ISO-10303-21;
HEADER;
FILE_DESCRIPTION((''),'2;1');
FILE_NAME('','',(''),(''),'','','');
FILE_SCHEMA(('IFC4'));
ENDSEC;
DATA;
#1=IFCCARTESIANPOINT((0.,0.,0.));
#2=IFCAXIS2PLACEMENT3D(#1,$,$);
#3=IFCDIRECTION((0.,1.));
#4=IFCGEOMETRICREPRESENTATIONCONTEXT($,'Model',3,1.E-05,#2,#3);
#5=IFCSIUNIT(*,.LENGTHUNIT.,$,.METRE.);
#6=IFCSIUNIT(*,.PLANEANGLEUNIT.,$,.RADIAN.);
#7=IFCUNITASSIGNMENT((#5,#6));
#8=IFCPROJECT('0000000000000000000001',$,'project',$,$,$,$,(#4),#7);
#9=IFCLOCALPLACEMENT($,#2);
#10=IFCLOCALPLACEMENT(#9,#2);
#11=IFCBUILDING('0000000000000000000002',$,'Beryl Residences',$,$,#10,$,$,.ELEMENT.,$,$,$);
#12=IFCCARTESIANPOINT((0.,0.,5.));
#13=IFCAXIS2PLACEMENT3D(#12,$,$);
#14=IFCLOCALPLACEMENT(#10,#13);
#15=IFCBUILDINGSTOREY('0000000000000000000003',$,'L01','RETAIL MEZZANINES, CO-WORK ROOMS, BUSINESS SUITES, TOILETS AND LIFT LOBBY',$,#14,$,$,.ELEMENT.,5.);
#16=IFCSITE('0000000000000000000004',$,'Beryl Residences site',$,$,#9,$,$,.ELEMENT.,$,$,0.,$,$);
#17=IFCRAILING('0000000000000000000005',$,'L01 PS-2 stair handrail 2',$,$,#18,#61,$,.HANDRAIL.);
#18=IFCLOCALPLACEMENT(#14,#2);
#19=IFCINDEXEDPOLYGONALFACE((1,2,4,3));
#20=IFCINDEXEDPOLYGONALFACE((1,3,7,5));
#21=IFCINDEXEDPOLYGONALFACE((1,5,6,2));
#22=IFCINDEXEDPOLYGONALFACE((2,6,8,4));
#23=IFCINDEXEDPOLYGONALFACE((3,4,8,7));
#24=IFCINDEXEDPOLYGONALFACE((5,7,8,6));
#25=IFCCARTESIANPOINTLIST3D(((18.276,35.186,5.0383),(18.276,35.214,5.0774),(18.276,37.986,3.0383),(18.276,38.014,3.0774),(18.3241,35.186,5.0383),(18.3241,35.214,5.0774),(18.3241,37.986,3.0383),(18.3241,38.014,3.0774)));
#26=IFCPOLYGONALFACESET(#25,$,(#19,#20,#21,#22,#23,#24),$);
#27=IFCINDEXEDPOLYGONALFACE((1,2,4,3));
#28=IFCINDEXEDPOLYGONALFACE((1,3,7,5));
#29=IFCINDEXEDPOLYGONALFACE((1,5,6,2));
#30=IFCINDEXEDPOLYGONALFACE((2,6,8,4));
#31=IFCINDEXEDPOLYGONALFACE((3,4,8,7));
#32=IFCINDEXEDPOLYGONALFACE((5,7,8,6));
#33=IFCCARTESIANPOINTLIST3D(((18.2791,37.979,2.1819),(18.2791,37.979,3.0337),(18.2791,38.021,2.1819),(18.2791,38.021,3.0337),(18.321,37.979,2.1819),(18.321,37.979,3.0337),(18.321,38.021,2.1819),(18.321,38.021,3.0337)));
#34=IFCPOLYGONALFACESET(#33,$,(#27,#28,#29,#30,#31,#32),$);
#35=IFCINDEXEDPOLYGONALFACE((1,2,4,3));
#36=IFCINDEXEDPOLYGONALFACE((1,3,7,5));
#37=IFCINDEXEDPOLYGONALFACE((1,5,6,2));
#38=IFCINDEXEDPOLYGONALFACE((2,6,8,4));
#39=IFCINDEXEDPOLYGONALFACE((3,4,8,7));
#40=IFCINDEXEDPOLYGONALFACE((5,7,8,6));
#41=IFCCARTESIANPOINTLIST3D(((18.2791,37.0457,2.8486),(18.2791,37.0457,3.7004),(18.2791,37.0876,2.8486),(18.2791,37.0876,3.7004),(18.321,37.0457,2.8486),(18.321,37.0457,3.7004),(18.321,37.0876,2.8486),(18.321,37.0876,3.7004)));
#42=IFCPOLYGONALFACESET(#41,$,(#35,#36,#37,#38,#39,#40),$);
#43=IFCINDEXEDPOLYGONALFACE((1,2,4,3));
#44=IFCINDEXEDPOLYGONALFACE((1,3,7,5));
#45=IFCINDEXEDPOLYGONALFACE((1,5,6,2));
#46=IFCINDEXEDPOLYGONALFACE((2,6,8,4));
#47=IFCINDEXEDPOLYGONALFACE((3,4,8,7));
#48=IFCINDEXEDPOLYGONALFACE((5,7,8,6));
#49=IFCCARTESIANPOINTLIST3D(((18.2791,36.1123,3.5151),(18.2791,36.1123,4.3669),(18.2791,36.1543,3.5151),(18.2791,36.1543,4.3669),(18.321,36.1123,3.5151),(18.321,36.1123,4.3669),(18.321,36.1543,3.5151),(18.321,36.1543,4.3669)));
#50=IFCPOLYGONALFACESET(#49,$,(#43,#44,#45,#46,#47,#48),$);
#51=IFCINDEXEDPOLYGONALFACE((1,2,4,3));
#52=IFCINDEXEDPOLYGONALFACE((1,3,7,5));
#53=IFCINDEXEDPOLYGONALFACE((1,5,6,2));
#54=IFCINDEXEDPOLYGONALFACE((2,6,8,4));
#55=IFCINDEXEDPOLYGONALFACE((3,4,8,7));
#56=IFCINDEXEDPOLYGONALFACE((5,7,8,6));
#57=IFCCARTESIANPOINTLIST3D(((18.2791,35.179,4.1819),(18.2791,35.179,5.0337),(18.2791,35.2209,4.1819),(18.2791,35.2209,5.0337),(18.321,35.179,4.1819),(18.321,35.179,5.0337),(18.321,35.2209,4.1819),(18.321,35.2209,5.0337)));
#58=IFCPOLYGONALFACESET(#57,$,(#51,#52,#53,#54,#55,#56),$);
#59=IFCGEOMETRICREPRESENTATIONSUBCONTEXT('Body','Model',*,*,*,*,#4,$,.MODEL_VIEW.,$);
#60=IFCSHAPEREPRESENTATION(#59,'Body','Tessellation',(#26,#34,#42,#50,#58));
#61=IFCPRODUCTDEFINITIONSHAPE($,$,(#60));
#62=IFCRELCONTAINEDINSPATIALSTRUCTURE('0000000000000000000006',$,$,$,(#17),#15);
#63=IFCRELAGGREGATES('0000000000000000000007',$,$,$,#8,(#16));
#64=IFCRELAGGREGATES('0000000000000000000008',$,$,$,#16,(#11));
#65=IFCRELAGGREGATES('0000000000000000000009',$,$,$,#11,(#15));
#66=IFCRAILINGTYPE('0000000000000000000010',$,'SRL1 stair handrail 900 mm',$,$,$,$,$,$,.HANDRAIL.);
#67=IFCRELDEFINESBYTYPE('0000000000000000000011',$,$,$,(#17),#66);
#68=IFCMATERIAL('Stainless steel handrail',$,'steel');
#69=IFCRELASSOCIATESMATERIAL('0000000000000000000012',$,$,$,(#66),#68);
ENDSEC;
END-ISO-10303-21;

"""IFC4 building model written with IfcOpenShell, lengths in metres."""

from ifc_helpers import new_model, si_unit, direction, frame, origin, origin_2d, place, context, subcontext, project, spatial, rectangle, extrude, material, type_object, element, save


model = new_model("IFC4")

# Units and contexts
model_context = context("Model", 3, precision=1e-05, world=origin(), true_north=direction((0.0, 1.0)))
body_context = subcontext(model_context, "Body", "Model", "MODEL_VIEW")
ifc_project = project(units=[si_unit("LENGTHUNIT", "METRE"), si_unit("PLANEANGLEUNIT", "RADIAN")], contexts=[model_context])

# Site, building, storey
site_placement = place(None, origin())
site = spatial("IfcSite", under=ifc_project, at=site_placement, Name="Beryl Residences site", CompositionType="ELEMENT", RefElevation=0.0)
building_placement = place(site_placement, origin())
building = spatial("IfcBuilding", under=site, at=building_placement, Name="Beryl Residences", CompositionType="ELEMENT")
storey_placement = place(building_placement, frame((0.0, 0.0, 5.0)))
storey = spatial("IfcBuildingStorey", under=building, at=storey_placement, Name="L01", Description="RETAIL MEZZANINES, CO-WORK ROOMS, BUSINESS SUITES, TOILETS AND LIFT LOBBY", CompositionType="ELEMENT", Elevation=5.0)

# Railing
ifc_material_1 = material(Name="Stainless steel handrail", Category="steel")
railing_type_1 = type_object("IfcRailingType", Name="SRL1 stair handrail 900 mm", PredefinedType="HANDRAIL", material=ifc_material_1)
railing_1_placement = place(storey_placement, frame((18.3, 38.0, 2.1819)))
element("IfcRailing", 1, at=railing_1_placement, inside=storey, type_object=railing_type_1, Name="L01 PS-2 stair handrail 2", PredefinedType="HANDRAIL", context=body_context, shape_type="SweptSolid", body=[
    extrude(rectangle(XDim=0.0481, YDim=0.0481, at=origin_2d()), frame((0.0, 0.0, 0.876), z_axis=(0.0, -0.813738, 0.581231), x_axis=(1.0, 0.0, 0.0)), (0.0, 0.0, 1.0), 3.4409),
    extrude(rectangle(XDim=0.042, YDim=0.042, at=origin_2d()), origin(), (0.0, 0.0, 1.0), 0.8518),
    extrude(rectangle(XDim=0.042, YDim=0.042, at=origin_2d()), frame((0.0, -0.9333, 0.6667)), (0.0, 0.0, 1.0), 0.8518),
    extrude(rectangle(XDim=0.042, YDim=0.042, at=origin_2d()), frame((0.0, -1.8667, 1.3333)), (0.0, 0.0, 1.0), 0.8518),
    extrude(rectangle(XDim=0.042, YDim=0.042, at=origin_2d()), frame((0.0, -2.8, 2.0)), (0.0, 0.0, 1.0), 0.8518),
])

save(model, "model.ifc")
